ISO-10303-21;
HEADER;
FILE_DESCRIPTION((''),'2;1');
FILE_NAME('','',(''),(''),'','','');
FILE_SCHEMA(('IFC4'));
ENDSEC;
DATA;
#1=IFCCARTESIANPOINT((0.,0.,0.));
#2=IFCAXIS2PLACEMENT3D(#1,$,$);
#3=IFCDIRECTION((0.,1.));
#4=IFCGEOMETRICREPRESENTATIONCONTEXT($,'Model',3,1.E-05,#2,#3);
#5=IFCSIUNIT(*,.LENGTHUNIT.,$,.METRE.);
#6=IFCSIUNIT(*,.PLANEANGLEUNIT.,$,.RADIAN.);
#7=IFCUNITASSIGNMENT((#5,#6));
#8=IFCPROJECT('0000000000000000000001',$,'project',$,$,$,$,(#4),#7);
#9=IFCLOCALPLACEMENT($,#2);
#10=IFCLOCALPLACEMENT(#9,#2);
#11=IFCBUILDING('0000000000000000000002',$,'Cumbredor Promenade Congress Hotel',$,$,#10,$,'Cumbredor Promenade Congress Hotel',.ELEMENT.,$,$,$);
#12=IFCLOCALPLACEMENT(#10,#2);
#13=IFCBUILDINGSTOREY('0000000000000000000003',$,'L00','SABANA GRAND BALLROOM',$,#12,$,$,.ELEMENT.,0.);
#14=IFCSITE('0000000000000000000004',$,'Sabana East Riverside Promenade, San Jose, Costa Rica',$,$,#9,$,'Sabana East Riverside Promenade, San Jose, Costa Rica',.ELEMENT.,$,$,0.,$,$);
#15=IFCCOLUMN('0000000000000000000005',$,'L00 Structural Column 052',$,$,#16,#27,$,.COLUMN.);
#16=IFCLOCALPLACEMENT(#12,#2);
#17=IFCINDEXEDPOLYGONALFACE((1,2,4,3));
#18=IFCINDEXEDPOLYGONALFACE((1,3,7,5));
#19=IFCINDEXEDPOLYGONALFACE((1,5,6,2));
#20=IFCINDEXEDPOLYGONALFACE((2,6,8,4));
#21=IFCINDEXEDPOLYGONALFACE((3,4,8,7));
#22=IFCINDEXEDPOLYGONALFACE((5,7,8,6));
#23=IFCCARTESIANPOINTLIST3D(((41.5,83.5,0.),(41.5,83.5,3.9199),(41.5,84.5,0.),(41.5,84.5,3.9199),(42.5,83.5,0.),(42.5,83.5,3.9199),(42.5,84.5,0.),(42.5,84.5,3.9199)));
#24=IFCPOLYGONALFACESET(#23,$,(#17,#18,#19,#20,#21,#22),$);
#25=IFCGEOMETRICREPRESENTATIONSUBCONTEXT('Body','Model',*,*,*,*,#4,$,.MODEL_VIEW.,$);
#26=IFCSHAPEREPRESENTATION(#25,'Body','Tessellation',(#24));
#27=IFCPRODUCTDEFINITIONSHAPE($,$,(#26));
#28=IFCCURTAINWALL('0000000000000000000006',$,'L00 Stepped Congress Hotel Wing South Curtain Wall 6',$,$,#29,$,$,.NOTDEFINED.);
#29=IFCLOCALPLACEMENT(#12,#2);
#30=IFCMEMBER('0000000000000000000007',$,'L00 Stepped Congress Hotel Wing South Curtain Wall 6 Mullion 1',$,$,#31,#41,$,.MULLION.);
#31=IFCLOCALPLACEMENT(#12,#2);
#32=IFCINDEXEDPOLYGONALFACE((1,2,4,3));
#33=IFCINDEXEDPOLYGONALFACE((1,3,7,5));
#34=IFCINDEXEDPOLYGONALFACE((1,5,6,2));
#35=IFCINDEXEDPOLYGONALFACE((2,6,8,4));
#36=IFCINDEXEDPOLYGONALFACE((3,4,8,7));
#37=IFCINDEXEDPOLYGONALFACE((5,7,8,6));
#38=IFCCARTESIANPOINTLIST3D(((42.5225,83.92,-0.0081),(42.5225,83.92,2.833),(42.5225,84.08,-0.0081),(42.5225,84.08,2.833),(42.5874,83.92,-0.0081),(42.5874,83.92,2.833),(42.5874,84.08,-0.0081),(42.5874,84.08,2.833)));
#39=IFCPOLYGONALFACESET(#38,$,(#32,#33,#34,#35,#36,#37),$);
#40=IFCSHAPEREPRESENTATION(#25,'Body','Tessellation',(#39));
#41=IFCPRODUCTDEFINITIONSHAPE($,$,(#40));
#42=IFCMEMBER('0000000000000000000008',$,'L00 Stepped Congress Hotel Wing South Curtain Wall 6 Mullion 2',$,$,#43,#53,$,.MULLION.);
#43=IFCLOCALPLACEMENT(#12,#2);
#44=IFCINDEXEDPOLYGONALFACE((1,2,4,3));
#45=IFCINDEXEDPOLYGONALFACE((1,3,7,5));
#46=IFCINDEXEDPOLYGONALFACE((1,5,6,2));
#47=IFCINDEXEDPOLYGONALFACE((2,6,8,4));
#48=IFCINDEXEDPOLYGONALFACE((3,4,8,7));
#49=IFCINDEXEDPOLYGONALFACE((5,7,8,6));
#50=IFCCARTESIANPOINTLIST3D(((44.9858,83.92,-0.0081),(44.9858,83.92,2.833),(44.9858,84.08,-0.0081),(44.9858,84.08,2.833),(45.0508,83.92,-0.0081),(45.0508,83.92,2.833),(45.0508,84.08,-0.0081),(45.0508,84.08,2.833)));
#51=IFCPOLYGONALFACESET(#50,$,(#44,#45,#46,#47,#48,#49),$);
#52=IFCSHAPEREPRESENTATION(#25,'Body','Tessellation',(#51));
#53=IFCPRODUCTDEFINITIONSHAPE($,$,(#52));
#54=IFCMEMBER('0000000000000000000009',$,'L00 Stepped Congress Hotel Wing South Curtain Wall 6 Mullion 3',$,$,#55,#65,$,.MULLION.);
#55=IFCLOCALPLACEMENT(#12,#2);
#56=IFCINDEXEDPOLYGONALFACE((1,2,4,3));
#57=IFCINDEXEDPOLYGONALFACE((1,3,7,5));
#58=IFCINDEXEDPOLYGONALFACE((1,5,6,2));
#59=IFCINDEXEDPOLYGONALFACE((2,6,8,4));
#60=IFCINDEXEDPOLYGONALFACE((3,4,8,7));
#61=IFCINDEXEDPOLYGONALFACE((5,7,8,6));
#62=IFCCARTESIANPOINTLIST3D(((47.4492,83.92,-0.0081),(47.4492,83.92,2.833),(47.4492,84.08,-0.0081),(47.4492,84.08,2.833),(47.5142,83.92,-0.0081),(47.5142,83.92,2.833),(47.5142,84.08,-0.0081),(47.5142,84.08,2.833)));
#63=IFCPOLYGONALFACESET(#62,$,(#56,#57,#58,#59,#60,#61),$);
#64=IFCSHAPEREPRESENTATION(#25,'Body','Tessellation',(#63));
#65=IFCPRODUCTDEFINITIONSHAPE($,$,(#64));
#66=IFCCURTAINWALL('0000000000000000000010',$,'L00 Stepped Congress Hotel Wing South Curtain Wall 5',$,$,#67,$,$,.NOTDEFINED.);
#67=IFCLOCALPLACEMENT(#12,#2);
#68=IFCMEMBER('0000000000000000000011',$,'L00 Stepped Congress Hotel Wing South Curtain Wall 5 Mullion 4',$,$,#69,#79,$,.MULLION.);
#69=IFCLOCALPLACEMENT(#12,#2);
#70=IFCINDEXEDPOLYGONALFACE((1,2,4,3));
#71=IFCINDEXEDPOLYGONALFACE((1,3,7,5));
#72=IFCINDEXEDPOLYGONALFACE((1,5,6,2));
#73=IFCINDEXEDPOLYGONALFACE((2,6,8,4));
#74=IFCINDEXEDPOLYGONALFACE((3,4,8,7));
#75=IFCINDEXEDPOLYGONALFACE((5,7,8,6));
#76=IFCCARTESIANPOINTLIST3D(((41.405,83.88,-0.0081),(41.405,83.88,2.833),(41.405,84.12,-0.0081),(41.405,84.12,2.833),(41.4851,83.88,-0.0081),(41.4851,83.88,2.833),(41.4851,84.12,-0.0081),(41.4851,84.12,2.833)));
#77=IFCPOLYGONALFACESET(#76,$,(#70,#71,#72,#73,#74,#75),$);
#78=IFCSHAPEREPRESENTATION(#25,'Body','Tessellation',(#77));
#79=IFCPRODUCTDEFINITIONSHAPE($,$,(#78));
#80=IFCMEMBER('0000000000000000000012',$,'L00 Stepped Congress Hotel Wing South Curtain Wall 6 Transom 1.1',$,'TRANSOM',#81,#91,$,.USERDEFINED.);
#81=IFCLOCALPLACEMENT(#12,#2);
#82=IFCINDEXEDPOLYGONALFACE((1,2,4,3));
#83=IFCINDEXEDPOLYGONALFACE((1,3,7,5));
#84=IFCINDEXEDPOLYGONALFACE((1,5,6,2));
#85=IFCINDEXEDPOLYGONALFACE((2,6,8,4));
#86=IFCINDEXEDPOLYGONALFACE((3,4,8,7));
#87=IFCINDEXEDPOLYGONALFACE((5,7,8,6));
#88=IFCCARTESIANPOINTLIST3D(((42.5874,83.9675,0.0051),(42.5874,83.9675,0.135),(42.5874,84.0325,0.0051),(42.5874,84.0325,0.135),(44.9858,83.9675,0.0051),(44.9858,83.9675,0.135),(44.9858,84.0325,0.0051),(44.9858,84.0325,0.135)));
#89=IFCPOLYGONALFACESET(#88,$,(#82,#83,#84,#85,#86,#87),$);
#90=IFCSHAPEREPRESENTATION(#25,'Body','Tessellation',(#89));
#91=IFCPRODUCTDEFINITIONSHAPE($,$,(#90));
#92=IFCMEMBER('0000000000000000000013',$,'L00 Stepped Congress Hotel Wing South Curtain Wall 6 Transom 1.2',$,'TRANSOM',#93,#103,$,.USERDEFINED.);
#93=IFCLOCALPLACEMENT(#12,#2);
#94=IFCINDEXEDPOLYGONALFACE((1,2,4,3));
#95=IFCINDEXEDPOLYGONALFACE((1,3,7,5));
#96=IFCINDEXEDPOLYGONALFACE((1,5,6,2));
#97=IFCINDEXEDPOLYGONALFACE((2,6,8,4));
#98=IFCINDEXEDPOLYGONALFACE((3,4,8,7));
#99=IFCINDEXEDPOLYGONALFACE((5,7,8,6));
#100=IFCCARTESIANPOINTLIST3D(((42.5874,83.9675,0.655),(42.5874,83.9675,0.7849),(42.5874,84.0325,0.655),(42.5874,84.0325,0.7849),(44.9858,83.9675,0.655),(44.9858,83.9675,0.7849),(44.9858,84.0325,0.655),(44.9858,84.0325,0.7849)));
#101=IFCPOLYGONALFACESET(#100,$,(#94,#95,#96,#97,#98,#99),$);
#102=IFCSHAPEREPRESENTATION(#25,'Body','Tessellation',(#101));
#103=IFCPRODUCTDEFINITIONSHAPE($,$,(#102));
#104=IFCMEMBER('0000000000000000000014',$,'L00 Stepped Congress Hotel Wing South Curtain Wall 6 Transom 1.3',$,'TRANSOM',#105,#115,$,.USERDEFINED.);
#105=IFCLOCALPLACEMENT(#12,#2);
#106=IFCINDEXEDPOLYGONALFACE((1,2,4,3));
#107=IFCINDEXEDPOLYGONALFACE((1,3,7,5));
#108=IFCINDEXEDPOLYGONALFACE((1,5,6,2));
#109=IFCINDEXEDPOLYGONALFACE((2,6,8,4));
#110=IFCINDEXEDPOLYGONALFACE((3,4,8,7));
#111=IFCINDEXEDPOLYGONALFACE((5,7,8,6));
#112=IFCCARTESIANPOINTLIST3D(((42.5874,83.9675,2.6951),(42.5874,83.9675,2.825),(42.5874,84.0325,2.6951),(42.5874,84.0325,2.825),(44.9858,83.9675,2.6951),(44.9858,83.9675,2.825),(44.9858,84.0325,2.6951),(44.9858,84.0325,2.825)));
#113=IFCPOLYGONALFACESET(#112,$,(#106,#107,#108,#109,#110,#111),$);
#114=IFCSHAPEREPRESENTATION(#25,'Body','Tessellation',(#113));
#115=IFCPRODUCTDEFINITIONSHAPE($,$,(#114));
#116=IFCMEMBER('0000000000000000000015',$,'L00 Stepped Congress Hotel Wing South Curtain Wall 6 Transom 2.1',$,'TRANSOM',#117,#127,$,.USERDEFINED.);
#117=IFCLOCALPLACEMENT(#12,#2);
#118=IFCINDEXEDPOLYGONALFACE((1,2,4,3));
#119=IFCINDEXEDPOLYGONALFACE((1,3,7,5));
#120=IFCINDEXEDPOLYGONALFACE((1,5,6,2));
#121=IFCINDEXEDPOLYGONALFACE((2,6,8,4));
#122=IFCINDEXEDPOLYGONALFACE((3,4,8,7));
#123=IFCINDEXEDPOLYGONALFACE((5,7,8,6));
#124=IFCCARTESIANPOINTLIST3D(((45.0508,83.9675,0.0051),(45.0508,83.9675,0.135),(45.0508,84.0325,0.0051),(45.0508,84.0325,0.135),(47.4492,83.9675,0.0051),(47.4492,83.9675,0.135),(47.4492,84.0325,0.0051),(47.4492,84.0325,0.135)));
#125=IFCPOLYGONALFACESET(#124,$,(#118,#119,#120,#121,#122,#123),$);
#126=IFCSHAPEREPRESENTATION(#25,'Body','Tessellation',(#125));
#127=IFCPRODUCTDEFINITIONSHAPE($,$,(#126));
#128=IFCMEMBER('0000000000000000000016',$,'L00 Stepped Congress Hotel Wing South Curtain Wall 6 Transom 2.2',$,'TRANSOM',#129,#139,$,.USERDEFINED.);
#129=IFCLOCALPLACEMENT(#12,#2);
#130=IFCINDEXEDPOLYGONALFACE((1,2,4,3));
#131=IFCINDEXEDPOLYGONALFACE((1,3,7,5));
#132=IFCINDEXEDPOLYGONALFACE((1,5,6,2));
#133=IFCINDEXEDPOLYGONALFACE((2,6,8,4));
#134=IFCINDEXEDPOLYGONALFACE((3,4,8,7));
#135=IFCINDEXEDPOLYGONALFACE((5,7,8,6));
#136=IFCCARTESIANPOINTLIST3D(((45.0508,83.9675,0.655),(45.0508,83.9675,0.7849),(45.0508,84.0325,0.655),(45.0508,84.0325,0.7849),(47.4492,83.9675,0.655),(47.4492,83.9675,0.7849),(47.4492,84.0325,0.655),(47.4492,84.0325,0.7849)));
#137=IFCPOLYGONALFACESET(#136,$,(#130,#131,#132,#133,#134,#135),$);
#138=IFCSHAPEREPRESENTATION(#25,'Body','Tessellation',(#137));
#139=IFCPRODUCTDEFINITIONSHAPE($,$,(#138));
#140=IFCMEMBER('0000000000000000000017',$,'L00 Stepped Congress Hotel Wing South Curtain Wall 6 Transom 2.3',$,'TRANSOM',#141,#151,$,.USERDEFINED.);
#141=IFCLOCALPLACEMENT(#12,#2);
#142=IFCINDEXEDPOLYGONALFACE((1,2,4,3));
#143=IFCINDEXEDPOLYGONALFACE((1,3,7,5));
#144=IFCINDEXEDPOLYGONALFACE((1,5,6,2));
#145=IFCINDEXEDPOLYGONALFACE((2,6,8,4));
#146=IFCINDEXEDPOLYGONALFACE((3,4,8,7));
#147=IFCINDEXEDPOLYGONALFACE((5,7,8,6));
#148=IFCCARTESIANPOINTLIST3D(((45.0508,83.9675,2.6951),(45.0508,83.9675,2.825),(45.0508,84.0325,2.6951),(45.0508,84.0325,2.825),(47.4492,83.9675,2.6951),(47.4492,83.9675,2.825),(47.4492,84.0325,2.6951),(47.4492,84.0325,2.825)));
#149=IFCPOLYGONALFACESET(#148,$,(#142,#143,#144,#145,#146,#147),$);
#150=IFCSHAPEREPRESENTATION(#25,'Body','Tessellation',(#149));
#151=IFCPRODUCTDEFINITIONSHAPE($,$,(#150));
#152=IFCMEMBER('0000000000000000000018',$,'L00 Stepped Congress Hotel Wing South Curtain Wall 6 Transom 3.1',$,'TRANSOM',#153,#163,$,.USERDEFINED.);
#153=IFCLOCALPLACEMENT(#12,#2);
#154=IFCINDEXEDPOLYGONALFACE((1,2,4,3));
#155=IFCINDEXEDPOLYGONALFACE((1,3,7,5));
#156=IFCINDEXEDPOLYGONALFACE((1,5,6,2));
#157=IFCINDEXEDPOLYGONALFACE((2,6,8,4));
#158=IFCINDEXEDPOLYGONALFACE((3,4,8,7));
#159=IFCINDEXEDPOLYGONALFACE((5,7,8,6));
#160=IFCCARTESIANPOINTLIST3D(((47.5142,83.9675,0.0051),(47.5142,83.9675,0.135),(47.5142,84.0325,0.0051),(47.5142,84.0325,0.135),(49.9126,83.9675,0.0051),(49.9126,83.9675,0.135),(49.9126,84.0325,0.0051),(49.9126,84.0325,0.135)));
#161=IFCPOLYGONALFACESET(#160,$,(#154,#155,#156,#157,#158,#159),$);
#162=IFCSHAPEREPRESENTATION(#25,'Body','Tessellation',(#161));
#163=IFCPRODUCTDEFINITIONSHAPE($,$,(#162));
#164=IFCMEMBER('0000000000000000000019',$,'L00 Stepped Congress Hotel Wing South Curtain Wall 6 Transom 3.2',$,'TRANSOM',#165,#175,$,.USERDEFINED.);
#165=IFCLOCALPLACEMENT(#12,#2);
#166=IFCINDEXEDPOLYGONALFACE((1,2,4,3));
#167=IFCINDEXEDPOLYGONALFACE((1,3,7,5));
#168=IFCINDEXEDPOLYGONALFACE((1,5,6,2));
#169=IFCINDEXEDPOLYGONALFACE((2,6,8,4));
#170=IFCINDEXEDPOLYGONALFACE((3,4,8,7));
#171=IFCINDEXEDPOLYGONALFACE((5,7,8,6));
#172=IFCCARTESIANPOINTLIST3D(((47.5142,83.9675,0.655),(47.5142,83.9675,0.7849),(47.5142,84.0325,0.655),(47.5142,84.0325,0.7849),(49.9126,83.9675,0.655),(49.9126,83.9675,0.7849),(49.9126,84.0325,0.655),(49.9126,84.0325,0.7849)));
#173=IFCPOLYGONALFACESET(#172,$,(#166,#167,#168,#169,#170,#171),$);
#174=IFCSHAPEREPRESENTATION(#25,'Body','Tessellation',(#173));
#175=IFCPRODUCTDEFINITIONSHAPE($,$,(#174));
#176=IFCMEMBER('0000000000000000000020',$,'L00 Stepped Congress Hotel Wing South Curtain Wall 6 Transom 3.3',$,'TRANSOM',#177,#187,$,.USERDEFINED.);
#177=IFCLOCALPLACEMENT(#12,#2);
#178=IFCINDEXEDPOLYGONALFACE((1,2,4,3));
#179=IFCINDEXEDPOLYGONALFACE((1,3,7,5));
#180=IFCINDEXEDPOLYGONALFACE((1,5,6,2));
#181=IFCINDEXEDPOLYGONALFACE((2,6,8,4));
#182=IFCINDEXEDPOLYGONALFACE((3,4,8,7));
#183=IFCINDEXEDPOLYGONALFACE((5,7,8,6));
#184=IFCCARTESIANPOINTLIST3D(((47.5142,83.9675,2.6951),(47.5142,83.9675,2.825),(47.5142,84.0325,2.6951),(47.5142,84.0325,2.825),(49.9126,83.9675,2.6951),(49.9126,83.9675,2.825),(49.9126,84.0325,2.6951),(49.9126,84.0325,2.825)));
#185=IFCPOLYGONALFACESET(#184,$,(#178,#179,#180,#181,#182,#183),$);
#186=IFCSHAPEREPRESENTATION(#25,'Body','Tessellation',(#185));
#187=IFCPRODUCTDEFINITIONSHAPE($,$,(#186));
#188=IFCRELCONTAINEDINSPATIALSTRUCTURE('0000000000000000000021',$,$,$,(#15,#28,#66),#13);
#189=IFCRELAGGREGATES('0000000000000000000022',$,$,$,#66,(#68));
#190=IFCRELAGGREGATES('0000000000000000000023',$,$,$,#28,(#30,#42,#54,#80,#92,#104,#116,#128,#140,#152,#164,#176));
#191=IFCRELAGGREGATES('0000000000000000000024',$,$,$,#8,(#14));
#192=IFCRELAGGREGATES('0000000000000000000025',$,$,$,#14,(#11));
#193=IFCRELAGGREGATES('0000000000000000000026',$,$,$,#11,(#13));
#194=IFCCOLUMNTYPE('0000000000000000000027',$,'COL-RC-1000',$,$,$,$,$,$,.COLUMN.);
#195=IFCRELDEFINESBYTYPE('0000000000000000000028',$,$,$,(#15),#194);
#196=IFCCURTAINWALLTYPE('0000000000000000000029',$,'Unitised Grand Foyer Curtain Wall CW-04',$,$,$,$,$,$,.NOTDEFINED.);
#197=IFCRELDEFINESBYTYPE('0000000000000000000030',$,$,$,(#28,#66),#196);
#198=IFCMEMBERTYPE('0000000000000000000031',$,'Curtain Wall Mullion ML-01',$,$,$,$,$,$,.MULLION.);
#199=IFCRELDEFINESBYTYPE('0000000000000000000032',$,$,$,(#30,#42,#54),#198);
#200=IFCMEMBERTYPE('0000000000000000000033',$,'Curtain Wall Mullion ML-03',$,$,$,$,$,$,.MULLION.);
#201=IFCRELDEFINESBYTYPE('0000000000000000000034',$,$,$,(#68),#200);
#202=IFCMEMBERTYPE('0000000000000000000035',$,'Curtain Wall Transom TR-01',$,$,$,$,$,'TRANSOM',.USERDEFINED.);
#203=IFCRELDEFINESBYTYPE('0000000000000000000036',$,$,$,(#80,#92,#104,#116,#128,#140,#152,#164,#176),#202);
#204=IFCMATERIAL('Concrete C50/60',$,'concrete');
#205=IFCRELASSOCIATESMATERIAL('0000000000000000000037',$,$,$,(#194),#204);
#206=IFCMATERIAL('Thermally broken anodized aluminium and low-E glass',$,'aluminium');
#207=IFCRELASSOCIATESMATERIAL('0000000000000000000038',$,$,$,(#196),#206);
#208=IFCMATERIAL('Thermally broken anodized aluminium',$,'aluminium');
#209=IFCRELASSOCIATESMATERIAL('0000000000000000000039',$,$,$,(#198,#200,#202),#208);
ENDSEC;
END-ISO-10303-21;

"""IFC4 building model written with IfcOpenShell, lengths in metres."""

from ifc_helpers import new_model, si_unit, direction, frame, origin, origin_2d, place, context, subcontext, project, spatial, rectangle, extrude, material, material_profile, profile_set, type_object, element, aggregate, save


model = new_model("IFC4")

# Units and contexts
model_context = context("Model", 3, precision=1e-05, world=origin(), true_north=direction((0.0, 1.0)))
body_context = subcontext(model_context, "Body", "Model", "MODEL_VIEW")
ifc_project = project(units=[si_unit("LENGTHUNIT", "METRE"), si_unit("PLANEANGLEUNIT", "RADIAN")], contexts=[model_context])

# Site, building, storey
site_placement = place(None, origin())
site = spatial("IfcSite", under=ifc_project, at=site_placement, Name="Sabana East Riverside Promenade, San Jose, Costa Rica", LongName="Sabana East Riverside Promenade, San Jose, Costa Rica", CompositionType="ELEMENT", RefElevation=0.0)
building_placement = place(site_placement, origin())
building = spatial("IfcBuilding", under=site, at=building_placement, Name="Cumbredor Promenade Congress Hotel", LongName="Cumbredor Promenade Congress Hotel", CompositionType="ELEMENT")
storey_placement = place(building_placement, origin())
storey = spatial("IfcBuildingStorey", under=building, at=storey_placement, Name="L00", Description="SABANA GRAND BALLROOM", CompositionType="ELEMENT", Elevation=0.0)

# Column
ifc_material_1 = material(Name="Concrete C50/60", Category="concrete")
ifc_material_profile_1 = material_profile(ifc_material_1, rectangle(XDim=1.0, YDim=1.0, at=origin_2d()), Name="RC 1000x1000")
ifc_profile_set_1 = profile_set([ifc_material_profile_1], Name="Concrete C50/60")
column_type = type_object("IfcColumnType", Name="COL-RC-1000", PredefinedType="COLUMN", material=ifc_profile_set_1)
column_placement = place(storey_placement, frame((42.0, 84.0, 0.0), z_axis=(0.0, 0.0, 1.0), x_axis=(1.0, 0.0, 0.0)))
element("IfcColumn", 1, at=column_placement, inside=storey, type_object=column_type, Name="L00 Structural Column 052", PredefinedType="COLUMN", context=body_context, shape_type="SweptSolid", body=[
    extrude(rectangle(XDim=1.0, YDim=1.0, at=origin_2d()), origin(), (0.0, 0.0, 1.0), 3.9199),
])

# Curtain wall, members
ifc_material_2 = material(Name="Thermally broken anodized aluminium and low-E glass", Category="aluminium")
curtain_wall_type = type_object("IfcCurtainWallType", Name="Unitised Grand Foyer Curtain Wall CW-04", PredefinedType="NOTDEFINED", material=ifc_material_2)
curtain_wall_1_placement = place(storey_placement, origin())
curtain_wall_1 = element("IfcCurtainWall", 2, at=curtain_wall_1_placement, inside=storey, type_object=curtain_wall_type, Name="L00 Stepped Congress Hotel Wing South Curtain Wall 6", PredefinedType="NOTDEFINED")
ifc_material_3 = material(Name="Thermally broken anodized aluminium", Category="aluminium")
ifc_material_profile_2 = material_profile(ifc_material_3, rectangle(XDim=0.0649, YDim=0.1599, at=origin_2d()), Name="ALU MULLION 65x160")
ifc_profile_set_2 = profile_set([ifc_material_profile_2], Name="Thermally broken anodized aluminium")
member_type_1 = type_object("IfcMemberType", Name="Curtain Wall Mullion ML-01", PredefinedType="MULLION", material=ifc_profile_set_2)
member_1_placement = place(storey_placement, frame((42.5549, 84.0, -0.0081), z_axis=(0.0, 0.0, 1.0), x_axis=(1.0, 0.0, 0.0)))
member_1 = element("IfcMember", 3, at=member_1_placement, type_object=member_type_1, Name="L00 Stepped Congress Hotel Wing South Curtain Wall 6 Mullion 1", PredefinedType="MULLION", context=body_context, shape_type="SweptSolid", body=[
    extrude(rectangle(XDim=0.0649, YDim=0.1599, at=origin_2d()), origin(), (0.0, 0.0, 1.0), 2.8411),
])
member_2_placement = place(storey_placement, frame((45.0183, 84.0, -0.0081), z_axis=(0.0, 0.0, 1.0), x_axis=(1.0, 0.0, 0.0)))
member_2 = element("IfcMember", 4, at=member_2_placement, type_object=member_type_1, Name="L00 Stepped Congress Hotel Wing South Curtain Wall 6 Mullion 2", PredefinedType="MULLION", context=body_context, shape_type="SweptSolid", body=[
    extrude(rectangle(XDim=0.0649, YDim=0.1599, at=origin_2d()), origin(), (0.0, 0.0, 1.0), 2.8411),
])
member_3_placement = place(storey_placement, frame((47.4817, 84.0, -0.0081), z_axis=(0.0, 0.0, 1.0), x_axis=(1.0, 0.0, 0.0)))
member_3 = element("IfcMember", 5, at=member_3_placement, type_object=member_type_1, Name="L00 Stepped Congress Hotel Wing South Curtain Wall 6 Mullion 3", PredefinedType="MULLION", context=body_context, shape_type="SweptSolid", body=[
    extrude(rectangle(XDim=0.0649, YDim=0.1599, at=origin_2d()), origin(), (0.0, 0.0, 1.0), 2.8411),
])

# Curtain wall, member
curtain_wall_2_placement = place(storey_placement, origin())
curtain_wall_2 = element("IfcCurtainWall", 6, at=curtain_wall_2_placement, inside=storey, type_object=curtain_wall_type, Name="L00 Stepped Congress Hotel Wing South Curtain Wall 5", PredefinedType="NOTDEFINED")
ifc_material_profile_3 = material_profile(ifc_material_3, rectangle(XDim=0.0801, YDim=0.24, at=origin_2d()), Name="ALU MULLION 80x240")
ifc_profile_set_3 = profile_set([ifc_material_profile_3], Name="Thermally broken anodized aluminium")
member_type_2 = type_object("IfcMemberType", Name="Curtain Wall Mullion ML-03", PredefinedType="MULLION", material=ifc_profile_set_3)
member_4_placement = place(storey_placement, frame((41.4451, 84.0, -0.0081), z_axis=(0.0, 0.0, 1.0), x_axis=(1.0, 0.0, 0.0)))
member_4 = element("IfcMember", 7, at=member_4_placement, type_object=member_type_2, Name="L00 Stepped Congress Hotel Wing South Curtain Wall 5 Mullion 4", PredefinedType="MULLION", context=body_context, shape_type="SweptSolid", body=[
    extrude(rectangle(XDim=0.0801, YDim=0.24, at=origin_2d()), origin(), (0.0, 0.0, 1.0), 2.8411),
])

# Members
ifc_material_profile_4 = material_profile(ifc_material_3, rectangle(XDim=0.0649, YDim=0.1299, at=origin_2d()), Name="ALU TRANSOM 65x130")
ifc_profile_set_4 = profile_set([ifc_material_profile_4], Name="Thermally broken anodized aluminium")
member_type_3 = type_object("IfcMemberType", Name="Curtain Wall Transom TR-01", ElementType="TRANSOM", PredefinedType="USERDEFINED", material=ifc_profile_set_4)
member_5_placement = place(storey_placement, frame((42.5874, 84.0, 0.0701), z_axis=(1.0, 0.0, 0.0), x_axis=(0.0, 1.0, 0.0)))
member_5 = element("IfcMember", 8, at=member_5_placement, type_object=member_type_3, Name="L00 Stepped Congress Hotel Wing South Curtain Wall 6 Transom 1.1", ObjectType="TRANSOM", PredefinedType="USERDEFINED", context=body_context, shape_type="SweptSolid", body=[
    extrude(rectangle(XDim=0.0649, YDim=0.1299, at=origin_2d()), origin(), (0.0, 0.0, 1.0), 2.3984),
])
member_6_placement = place(storey_placement, frame((42.5874, 84.0, 0.72), z_axis=(1.0, 0.0, 0.0), x_axis=(0.0, 1.0, 0.0)))
member_6 = element("IfcMember", 9, at=member_6_placement, type_object=member_type_3, Name="L00 Stepped Congress Hotel Wing South Curtain Wall 6 Transom 1.2", ObjectType="TRANSOM", PredefinedType="USERDEFINED", context=body_context, shape_type="SweptSolid", body=[
    extrude(rectangle(XDim=0.0649, YDim=0.1299, at=origin_2d()), origin(), (0.0, 0.0, 1.0), 2.3984),
])
member_7_placement = place(storey_placement, frame((42.5874, 84.0, 2.76), z_axis=(1.0, 0.0, 0.0), x_axis=(0.0, 1.0, 0.0)))
member_7 = element("IfcMember", 10, at=member_7_placement, type_object=member_type_3, Name="L00 Stepped Congress Hotel Wing South Curtain Wall 6 Transom 1.3", ObjectType="TRANSOM", PredefinedType="USERDEFINED", context=body_context, shape_type="SweptSolid", body=[
    extrude(rectangle(XDim=0.0649, YDim=0.1299, at=origin_2d()), origin(), (0.0, 0.0, 1.0), 2.3984),
])
member_8_placement = place(storey_placement, frame((45.0508, 84.0, 0.0701), z_axis=(1.0, 0.0, 0.0), x_axis=(0.0, 1.0, 0.0)))
member_8 = element("IfcMember", 11, at=member_8_placement, type_object=member_type_3, Name="L00 Stepped Congress Hotel Wing South Curtain Wall 6 Transom 2.1", ObjectType="TRANSOM", PredefinedType="USERDEFINED", context=body_context, shape_type="SweptSolid", body=[
    extrude(rectangle(XDim=0.0649, YDim=0.1299, at=origin_2d()), origin(), (0.0, 0.0, 1.0), 2.3984),
])
member_9_placement = place(storey_placement, frame((45.0508, 84.0, 0.72), z_axis=(1.0, 0.0, 0.0), x_axis=(0.0, 1.0, 0.0)))
member_9 = element("IfcMember", 12, at=member_9_placement, type_object=member_type_3, Name="L00 Stepped Congress Hotel Wing South Curtain Wall 6 Transom 2.2", ObjectType="TRANSOM", PredefinedType="USERDEFINED", context=body_context, shape_type="SweptSolid", body=[
    extrude(rectangle(XDim=0.0649, YDim=0.1299, at=origin_2d()), origin(), (0.0, 0.0, 1.0), 2.3984),
])
member_10_placement = place(storey_placement, frame((45.0508, 84.0, 2.76), z_axis=(1.0, 0.0, 0.0), x_axis=(0.0, 1.0, 0.0)))
member_10 = element("IfcMember", 13, at=member_10_placement, type_object=member_type_3, Name="L00 Stepped Congress Hotel Wing South Curtain Wall 6 Transom 2.3", ObjectType="TRANSOM", PredefinedType="USERDEFINED", context=body_context, shape_type="SweptSolid", body=[
    extrude(rectangle(XDim=0.0649, YDim=0.1299, at=origin_2d()), origin(), (0.0, 0.0, 1.0), 2.3984),
])
member_11_placement = place(storey_placement, frame((47.5142, 84.0, 0.0701), z_axis=(1.0, 0.0, 0.0), x_axis=(0.0, 1.0, 0.0)))
member_11 = element("IfcMember", 14, at=member_11_placement, type_object=member_type_3, Name="L00 Stepped Congress Hotel Wing South Curtain Wall 6 Transom 3.1", ObjectType="TRANSOM", PredefinedType="USERDEFINED", context=body_context, shape_type="SweptSolid", body=[
    extrude(rectangle(XDim=0.0649, YDim=0.1299, at=origin_2d()), origin(), (0.0, 0.0, 1.0), 2.3984),
])
member_12_placement = place(storey_placement, frame((47.5142, 84.0, 0.72), z_axis=(1.0, 0.0, 0.0), x_axis=(0.0, 1.0, 0.0)))
member_12 = element("IfcMember", 15, at=member_12_placement, type_object=member_type_3, Name="L00 Stepped Congress Hotel Wing South Curtain Wall 6 Transom 3.2", ObjectType="TRANSOM", PredefinedType="USERDEFINED", context=body_context, shape_type="SweptSolid", body=[
    extrude(rectangle(XDim=0.0649, YDim=0.1299, at=origin_2d()), origin(), (0.0, 0.0, 1.0), 2.3984),
])
member_13_placement = place(storey_placement, frame((47.5142, 84.0, 2.76), z_axis=(1.0, 0.0, 0.0), x_axis=(0.0, 1.0, 0.0)))
member_13 = element("IfcMember", 16, at=member_13_placement, type_object=member_type_3, Name="L00 Stepped Congress Hotel Wing South Curtain Wall 6 Transom 3.3", ObjectType="TRANSOM", PredefinedType="USERDEFINED", context=body_context, shape_type="SweptSolid", body=[
    extrude(rectangle(XDim=0.0649, YDim=0.1299, at=origin_2d()), origin(), (0.0, 0.0, 1.0), 2.3984),
])

aggregate(curtain_wall_2, [member_4])
aggregate(curtain_wall_1, [member_1, member_2, member_3, member_5, member_6, member_7, member_8, member_9, member_10, member_11, member_12, member_13])

save(model, "model.ifc")
